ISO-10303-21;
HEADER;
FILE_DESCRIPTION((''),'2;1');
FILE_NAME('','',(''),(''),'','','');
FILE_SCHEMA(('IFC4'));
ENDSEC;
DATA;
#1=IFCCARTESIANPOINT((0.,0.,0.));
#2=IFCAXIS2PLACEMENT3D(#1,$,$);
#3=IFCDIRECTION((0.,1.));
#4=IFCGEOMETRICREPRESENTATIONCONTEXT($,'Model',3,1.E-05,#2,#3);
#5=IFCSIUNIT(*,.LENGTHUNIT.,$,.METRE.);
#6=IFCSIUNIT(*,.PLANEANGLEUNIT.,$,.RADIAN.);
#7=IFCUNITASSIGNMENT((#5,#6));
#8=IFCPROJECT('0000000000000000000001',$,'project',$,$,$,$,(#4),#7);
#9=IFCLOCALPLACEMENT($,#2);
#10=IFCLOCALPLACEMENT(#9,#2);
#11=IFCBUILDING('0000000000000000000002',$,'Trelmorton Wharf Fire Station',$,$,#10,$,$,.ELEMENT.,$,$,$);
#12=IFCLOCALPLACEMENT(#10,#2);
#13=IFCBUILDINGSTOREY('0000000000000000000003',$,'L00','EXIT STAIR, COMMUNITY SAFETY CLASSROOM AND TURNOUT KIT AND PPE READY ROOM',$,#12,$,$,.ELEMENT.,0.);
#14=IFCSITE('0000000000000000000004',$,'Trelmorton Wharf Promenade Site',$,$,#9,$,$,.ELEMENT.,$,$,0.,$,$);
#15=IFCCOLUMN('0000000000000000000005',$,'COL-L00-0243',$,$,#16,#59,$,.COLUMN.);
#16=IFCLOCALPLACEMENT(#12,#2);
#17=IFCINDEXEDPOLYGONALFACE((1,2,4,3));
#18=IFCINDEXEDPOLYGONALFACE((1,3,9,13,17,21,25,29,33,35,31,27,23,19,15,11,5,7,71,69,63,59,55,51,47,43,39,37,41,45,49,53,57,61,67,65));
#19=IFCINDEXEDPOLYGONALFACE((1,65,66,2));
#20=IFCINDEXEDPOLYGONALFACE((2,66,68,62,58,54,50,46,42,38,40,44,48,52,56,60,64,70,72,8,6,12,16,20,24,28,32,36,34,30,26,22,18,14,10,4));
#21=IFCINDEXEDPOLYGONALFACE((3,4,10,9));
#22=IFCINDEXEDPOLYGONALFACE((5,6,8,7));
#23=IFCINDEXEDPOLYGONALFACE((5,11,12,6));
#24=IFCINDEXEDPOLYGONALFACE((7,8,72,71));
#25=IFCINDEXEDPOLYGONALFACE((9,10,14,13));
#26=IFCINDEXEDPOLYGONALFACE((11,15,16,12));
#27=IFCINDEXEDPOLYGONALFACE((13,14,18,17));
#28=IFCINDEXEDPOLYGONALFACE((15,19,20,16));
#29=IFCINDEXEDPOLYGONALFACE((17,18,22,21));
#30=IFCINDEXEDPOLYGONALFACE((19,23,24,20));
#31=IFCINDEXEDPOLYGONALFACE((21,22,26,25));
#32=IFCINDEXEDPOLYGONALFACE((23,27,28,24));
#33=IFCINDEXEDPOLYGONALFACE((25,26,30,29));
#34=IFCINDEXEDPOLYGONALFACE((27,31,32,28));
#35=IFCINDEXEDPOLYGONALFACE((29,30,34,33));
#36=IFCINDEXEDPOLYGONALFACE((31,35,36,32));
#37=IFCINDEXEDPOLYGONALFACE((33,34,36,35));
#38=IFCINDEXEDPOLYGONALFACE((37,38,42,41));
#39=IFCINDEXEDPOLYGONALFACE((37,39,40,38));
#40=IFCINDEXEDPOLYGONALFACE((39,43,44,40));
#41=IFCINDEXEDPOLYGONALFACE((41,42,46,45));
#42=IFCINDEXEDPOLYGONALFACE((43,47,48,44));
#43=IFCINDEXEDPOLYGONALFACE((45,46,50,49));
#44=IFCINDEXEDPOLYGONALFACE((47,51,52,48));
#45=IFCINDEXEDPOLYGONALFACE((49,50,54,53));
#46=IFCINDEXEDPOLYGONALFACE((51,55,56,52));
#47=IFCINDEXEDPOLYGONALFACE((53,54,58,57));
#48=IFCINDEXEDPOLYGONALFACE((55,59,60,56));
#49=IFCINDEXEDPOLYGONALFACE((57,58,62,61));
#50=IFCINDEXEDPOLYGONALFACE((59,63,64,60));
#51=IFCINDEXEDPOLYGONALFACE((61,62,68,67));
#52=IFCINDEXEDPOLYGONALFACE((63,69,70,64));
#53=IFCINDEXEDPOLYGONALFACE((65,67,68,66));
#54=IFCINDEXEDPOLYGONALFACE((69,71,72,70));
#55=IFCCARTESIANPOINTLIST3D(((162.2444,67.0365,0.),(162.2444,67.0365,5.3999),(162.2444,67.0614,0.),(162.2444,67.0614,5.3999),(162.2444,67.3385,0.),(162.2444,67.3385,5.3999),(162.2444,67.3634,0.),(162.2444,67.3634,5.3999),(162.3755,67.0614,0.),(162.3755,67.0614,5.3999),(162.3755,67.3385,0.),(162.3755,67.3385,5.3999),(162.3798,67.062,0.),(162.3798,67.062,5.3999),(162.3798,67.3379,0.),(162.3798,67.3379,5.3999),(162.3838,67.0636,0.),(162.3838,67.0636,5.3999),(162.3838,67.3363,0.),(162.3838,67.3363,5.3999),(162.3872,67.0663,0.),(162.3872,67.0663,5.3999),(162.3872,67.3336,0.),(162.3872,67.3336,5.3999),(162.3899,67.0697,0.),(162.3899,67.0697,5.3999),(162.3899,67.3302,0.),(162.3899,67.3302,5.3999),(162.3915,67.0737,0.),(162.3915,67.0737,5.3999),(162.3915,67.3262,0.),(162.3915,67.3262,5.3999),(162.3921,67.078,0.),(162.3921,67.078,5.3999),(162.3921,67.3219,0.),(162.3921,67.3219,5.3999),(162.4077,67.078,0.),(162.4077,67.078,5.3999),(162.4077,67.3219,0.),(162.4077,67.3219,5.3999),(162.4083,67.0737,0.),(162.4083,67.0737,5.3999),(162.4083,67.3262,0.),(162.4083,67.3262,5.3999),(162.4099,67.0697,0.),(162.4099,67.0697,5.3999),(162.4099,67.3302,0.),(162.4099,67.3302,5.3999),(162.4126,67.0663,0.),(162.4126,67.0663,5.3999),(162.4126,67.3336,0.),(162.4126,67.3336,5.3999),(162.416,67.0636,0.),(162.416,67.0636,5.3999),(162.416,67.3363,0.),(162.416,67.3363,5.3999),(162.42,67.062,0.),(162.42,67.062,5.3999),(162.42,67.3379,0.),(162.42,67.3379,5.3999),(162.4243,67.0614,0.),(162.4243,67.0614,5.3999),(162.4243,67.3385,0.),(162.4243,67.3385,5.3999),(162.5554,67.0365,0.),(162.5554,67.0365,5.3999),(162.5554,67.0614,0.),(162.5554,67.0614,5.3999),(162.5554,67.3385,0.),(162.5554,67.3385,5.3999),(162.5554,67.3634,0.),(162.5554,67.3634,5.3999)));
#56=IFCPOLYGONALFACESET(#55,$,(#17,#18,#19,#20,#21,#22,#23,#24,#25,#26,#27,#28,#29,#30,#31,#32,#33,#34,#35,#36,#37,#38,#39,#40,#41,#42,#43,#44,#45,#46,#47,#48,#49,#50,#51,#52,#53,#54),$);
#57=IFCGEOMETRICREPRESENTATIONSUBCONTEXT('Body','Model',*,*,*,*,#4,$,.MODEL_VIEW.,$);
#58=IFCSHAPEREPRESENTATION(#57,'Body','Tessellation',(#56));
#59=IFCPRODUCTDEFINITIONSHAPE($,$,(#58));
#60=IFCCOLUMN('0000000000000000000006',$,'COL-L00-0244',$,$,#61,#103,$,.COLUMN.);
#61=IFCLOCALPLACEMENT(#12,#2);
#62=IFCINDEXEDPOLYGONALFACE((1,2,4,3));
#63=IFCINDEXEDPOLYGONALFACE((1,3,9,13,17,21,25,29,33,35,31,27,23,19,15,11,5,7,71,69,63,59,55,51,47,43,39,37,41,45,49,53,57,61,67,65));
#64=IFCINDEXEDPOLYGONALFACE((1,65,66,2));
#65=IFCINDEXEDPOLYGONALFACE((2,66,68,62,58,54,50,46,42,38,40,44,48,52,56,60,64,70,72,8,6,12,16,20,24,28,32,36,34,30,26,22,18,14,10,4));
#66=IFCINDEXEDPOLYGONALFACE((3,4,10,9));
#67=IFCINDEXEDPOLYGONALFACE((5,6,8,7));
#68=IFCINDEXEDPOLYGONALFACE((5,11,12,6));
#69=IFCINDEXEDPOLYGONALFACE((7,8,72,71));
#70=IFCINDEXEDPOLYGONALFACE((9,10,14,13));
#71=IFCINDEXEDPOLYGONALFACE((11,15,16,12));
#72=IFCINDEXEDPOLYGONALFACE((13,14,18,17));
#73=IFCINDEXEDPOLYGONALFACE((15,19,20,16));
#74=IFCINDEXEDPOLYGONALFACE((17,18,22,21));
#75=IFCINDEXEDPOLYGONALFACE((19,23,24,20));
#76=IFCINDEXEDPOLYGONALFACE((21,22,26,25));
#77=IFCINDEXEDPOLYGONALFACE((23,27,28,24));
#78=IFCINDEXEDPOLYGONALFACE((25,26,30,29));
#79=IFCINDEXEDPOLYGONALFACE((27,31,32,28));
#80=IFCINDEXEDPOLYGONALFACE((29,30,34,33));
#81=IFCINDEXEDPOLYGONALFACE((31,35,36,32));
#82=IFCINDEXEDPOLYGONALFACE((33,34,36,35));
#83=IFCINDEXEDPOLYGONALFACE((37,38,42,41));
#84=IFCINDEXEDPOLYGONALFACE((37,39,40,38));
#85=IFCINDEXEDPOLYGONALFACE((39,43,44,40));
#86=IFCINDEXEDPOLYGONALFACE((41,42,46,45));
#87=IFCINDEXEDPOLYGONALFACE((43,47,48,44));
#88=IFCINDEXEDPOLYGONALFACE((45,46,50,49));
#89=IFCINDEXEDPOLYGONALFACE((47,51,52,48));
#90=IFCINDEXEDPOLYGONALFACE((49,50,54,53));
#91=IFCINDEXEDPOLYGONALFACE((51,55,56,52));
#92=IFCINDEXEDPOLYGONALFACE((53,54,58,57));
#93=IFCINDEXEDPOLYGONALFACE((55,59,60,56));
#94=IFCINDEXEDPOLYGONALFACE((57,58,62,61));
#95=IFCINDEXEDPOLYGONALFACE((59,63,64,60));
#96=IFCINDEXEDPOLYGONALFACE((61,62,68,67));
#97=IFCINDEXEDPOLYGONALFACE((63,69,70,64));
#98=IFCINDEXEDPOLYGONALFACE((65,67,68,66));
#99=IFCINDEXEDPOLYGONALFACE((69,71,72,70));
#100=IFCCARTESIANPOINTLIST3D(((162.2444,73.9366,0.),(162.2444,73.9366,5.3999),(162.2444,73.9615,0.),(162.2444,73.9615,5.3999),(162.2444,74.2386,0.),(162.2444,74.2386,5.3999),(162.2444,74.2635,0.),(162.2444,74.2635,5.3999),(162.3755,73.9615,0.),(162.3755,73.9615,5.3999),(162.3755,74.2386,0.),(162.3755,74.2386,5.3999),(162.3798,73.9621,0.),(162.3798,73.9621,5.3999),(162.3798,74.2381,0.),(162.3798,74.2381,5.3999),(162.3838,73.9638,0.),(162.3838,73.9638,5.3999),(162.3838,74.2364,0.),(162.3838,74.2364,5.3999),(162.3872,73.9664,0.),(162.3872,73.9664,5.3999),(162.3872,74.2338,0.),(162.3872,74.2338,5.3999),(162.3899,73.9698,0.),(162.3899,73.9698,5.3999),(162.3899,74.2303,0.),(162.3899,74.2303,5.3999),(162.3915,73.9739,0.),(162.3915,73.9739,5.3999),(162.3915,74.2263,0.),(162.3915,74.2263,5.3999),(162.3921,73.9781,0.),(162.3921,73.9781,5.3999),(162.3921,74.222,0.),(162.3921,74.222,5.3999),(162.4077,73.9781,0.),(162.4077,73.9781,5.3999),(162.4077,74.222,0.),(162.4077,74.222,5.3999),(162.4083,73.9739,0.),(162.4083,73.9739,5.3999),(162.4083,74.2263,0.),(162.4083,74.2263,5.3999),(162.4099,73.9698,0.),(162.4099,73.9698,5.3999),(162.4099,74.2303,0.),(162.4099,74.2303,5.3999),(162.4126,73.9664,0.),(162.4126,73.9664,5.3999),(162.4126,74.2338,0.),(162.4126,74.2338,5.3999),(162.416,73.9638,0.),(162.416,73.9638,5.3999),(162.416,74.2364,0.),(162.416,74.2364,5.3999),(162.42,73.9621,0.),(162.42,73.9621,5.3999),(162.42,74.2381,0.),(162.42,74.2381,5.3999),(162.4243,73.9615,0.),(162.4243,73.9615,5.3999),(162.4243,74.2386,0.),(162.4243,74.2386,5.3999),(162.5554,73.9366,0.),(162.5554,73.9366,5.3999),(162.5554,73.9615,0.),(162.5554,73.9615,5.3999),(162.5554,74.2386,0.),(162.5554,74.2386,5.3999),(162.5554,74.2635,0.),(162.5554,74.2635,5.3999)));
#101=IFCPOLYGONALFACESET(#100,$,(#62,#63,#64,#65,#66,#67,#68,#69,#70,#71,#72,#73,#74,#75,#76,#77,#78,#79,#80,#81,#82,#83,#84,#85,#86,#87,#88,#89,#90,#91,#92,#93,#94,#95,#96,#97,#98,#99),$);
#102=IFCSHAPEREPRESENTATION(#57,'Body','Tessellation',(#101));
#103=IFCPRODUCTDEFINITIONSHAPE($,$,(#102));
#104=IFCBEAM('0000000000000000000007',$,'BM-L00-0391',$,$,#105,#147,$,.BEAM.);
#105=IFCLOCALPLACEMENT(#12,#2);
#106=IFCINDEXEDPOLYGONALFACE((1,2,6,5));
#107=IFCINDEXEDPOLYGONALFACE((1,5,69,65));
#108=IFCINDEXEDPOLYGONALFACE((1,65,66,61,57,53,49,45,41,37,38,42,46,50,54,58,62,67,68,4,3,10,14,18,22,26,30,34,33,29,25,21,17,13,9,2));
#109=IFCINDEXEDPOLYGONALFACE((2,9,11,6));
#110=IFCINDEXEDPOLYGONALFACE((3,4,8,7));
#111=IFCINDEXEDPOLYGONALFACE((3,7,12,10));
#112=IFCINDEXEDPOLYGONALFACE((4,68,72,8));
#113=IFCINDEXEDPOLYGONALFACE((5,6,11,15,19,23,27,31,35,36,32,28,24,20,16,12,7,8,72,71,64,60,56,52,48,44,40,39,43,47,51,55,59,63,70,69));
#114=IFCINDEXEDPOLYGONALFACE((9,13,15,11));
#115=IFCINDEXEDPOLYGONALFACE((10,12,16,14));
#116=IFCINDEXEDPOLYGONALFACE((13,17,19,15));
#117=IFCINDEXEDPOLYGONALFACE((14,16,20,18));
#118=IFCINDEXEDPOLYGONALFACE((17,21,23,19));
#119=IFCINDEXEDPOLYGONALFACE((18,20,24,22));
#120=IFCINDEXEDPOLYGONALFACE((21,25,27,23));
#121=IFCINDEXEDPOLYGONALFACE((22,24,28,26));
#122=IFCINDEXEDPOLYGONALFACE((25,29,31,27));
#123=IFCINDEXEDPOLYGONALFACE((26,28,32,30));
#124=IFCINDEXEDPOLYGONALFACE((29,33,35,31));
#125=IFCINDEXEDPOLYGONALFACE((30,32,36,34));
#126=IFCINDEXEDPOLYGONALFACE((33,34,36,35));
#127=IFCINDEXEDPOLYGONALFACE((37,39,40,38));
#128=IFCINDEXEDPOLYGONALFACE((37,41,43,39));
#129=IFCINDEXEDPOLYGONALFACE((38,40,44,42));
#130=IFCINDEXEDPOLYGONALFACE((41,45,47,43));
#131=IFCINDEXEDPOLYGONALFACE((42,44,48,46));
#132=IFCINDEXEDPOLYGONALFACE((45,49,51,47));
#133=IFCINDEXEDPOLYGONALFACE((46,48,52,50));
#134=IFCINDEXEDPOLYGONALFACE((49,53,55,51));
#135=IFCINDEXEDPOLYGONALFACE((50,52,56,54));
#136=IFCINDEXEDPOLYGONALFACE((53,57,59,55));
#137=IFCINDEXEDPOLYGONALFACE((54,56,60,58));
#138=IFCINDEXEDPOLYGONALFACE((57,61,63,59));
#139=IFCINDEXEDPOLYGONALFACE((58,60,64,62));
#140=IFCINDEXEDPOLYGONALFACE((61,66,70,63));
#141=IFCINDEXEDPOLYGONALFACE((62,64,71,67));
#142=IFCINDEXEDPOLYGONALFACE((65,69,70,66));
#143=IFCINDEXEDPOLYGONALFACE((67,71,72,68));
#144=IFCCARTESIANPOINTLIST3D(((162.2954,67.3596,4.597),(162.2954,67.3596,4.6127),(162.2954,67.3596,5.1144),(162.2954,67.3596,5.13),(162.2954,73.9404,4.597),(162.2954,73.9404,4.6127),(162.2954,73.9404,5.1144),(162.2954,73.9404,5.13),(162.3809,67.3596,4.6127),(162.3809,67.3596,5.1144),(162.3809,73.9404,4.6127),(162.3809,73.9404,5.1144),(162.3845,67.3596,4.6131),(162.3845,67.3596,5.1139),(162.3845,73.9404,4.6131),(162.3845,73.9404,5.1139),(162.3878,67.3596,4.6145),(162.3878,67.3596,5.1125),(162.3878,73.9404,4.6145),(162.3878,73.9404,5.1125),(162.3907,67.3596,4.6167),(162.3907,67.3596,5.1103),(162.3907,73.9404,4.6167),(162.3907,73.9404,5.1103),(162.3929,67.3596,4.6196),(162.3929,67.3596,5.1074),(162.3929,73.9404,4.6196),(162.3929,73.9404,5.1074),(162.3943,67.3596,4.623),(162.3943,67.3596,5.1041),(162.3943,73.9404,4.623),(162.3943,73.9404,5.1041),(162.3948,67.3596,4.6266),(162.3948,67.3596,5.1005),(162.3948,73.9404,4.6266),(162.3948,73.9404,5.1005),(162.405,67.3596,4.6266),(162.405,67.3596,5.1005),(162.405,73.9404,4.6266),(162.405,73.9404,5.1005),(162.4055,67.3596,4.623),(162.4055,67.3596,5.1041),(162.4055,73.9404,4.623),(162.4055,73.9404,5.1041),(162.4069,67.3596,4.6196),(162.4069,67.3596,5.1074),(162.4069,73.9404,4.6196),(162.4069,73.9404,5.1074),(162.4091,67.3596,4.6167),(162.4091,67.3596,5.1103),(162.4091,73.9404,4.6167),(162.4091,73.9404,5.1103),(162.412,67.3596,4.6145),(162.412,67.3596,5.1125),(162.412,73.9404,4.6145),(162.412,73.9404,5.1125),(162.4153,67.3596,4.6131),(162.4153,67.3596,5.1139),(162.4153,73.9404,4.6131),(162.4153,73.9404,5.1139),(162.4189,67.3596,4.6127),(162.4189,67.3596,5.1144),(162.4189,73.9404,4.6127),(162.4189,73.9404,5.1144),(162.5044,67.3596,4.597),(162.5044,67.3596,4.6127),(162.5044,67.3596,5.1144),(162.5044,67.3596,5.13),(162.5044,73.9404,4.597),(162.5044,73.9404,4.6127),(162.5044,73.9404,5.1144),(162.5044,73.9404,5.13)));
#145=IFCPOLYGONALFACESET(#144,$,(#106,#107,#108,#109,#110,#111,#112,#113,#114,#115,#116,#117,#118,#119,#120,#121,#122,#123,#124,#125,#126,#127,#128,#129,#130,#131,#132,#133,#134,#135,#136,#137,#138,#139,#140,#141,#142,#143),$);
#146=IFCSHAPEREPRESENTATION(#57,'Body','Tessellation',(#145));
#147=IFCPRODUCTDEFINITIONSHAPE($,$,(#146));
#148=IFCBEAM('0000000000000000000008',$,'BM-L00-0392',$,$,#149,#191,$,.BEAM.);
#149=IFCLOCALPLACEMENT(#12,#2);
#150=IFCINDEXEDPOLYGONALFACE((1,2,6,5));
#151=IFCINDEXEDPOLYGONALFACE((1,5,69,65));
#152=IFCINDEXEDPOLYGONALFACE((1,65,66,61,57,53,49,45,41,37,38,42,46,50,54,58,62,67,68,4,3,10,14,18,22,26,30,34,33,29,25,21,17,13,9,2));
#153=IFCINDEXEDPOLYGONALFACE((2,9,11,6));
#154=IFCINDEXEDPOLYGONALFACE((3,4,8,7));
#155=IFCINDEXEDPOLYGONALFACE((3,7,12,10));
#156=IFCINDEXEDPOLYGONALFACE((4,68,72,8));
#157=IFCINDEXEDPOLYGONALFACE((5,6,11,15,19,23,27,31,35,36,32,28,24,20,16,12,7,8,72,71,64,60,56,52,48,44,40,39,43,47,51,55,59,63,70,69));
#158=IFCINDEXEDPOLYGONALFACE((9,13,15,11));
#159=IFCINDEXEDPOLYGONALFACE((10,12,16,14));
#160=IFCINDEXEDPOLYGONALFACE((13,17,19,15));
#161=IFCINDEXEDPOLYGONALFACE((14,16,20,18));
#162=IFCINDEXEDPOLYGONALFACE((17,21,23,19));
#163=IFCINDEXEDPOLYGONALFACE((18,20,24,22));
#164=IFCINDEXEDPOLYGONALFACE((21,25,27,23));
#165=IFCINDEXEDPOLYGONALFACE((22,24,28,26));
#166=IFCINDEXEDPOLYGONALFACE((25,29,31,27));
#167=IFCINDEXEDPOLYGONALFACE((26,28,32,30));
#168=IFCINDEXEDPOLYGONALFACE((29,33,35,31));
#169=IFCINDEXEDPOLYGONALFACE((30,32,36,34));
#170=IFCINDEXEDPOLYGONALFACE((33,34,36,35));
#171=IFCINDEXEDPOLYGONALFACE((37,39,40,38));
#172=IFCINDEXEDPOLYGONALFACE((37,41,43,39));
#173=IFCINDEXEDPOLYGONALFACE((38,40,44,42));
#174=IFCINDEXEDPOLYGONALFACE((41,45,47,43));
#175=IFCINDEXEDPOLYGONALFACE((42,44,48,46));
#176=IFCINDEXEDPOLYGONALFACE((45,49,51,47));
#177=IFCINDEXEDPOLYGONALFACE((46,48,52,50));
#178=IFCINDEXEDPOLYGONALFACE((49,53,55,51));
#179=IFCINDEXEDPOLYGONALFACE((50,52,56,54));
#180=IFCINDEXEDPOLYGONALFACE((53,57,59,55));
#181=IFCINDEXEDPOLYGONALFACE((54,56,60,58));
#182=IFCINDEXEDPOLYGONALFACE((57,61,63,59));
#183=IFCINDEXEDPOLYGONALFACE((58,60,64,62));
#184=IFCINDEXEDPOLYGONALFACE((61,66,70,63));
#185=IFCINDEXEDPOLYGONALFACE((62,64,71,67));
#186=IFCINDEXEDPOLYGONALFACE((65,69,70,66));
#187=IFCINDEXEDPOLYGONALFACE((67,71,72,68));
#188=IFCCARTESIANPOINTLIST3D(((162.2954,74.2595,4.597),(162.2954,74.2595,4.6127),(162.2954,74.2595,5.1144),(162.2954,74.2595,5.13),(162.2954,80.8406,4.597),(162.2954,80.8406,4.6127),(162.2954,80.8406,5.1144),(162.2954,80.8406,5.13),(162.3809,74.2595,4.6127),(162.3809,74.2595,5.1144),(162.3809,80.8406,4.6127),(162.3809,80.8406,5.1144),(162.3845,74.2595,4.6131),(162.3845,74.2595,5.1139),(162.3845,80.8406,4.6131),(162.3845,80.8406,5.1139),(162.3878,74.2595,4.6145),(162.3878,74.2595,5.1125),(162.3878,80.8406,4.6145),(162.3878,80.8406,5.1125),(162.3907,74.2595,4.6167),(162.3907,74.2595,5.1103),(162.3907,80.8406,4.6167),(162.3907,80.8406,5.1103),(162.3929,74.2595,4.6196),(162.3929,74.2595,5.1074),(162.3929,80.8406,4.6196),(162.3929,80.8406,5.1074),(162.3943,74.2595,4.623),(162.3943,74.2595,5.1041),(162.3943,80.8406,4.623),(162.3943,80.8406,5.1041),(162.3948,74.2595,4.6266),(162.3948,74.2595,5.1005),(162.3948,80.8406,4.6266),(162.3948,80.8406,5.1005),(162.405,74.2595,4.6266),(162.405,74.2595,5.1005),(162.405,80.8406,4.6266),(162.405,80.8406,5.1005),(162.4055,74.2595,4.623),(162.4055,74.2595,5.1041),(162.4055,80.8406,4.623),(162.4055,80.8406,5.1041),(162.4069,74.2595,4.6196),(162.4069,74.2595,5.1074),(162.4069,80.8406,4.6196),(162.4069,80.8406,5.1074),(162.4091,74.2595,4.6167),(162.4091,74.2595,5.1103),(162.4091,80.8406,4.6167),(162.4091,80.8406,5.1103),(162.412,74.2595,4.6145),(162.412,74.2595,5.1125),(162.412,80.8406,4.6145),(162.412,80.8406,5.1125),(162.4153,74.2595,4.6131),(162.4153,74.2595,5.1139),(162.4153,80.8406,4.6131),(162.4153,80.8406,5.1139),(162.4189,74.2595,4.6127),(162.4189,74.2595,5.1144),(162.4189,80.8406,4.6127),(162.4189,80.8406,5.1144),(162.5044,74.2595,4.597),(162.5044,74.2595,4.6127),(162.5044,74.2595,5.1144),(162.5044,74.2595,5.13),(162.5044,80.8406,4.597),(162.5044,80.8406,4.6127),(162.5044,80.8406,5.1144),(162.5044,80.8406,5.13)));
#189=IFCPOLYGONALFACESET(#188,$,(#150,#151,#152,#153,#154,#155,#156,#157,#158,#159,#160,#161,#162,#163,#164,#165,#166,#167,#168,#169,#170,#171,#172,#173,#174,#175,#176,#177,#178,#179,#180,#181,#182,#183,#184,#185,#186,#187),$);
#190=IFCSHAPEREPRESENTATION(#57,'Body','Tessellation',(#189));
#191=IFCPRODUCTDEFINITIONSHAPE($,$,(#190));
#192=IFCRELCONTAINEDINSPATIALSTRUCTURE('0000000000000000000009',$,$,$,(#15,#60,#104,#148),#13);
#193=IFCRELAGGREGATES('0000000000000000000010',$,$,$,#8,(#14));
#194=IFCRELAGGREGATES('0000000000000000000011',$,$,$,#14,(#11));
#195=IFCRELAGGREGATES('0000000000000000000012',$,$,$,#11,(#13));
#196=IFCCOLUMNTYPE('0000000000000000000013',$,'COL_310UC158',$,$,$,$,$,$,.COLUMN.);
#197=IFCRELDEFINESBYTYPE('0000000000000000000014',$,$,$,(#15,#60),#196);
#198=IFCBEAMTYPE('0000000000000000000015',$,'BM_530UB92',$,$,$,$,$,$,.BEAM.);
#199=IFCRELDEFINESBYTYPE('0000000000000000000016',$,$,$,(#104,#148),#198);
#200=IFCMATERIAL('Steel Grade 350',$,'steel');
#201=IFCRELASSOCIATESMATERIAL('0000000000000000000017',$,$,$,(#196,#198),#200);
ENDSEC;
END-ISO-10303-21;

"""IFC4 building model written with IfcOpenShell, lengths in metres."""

from ifc_helpers import new_model, si_unit, direction, frame, origin, origin_2d, place, context, subcontext, project, spatial, i_section, extrude, material, material_profile, profile_set, type_object, element, save


model = new_model("IFC4")

# Units and contexts
model_context = context("Model", 3, precision=1e-05, world=origin(), true_north=direction((0.0, 1.0)))
body_context = subcontext(model_context, "Body", "Model", "MODEL_VIEW")
ifc_project = project(units=[si_unit("LENGTHUNIT", "METRE"), si_unit("PLANEANGLEUNIT", "RADIAN")], contexts=[model_context])

# Site, building, storey
site_placement = place(None, origin())
site = spatial("IfcSite", under=ifc_project, at=site_placement, Name="Trelmorton Wharf Promenade Site", CompositionType="ELEMENT", RefElevation=0.0)
building_placement = place(site_placement, origin())
building = spatial("IfcBuilding", under=site, at=building_placement, Name="Trelmorton Wharf Fire Station", CompositionType="ELEMENT")
storey_placement = place(building_placement, origin())
storey = spatial("IfcBuildingStorey", under=building, at=storey_placement, Name="L00", Description="EXIT STAIR, COMMUNITY SAFETY CLASSROOM AND TURNOUT KIT AND PPE READY ROOM", CompositionType="ELEMENT", Elevation=0.0)

# Columns
ifc_material_1 = material(Name="Steel Grade 350", Category="steel")
ifc_material_profile_1 = material_profile(ifc_material_1, i_section(OverallWidth=0.311, OverallDepth=0.3269, WebThickness=0.0156, FlangeThickness=0.0249, FilletRadius=0.0166, at=origin_2d()), Name="310UC158")
ifc_profile_set_1 = profile_set([ifc_material_profile_1], Name="Steel Grade 350")
column_type = type_object("IfcColumnType", Name="COL_310UC158", PredefinedType="COLUMN", material=ifc_profile_set_1)
for number, where, z_axis, x_axis, name in (
    (1, (162.3999, 67.2, 0.0), (0.0, 0.0, 1.0), (1.0, 0.0, 0.0), "COL-L00-0243"),
    (2, (162.3999, 74.1001, 0.0), (0.0, 0.0, 1.0), (1.0, 0.0, 0.0), "COL-L00-0244"),
):
    element("IfcColumn", number, at=place(storey_placement, frame(where, z_axis=z_axis, x_axis=x_axis)), inside=storey, type_object=column_type, Name=name, PredefinedType="COLUMN", context=body_context, shape_type="SweptSolid", body=[
        extrude(i_section(OverallWidth=0.311, OverallDepth=0.3269, WebThickness=0.0156, FlangeThickness=0.0249, FilletRadius=0.0166, at=origin_2d()), origin(), (0.0, 0.0, 1.0), 5.3999),
    ])

# Beams
ifc_material_profile_2 = material_profile(ifc_material_1, i_section(OverallWidth=0.209, OverallDepth=0.533, WebThickness=0.0103, FlangeThickness=0.0156, FilletRadius=0.0139, at=origin_2d()), Name="530UB92.4")
ifc_profile_set_2 = profile_set([ifc_material_profile_2], Name="Steel Grade 350")
beam_type_1 = type_object("IfcBeamType", Name="BM_530UB92", PredefinedType="BEAM", material=ifc_profile_set_2)
beam_1_placement = place(storey_placement, frame((162.3999, 67.3596, 4.8635), z_axis=(0.0, 1.0, 0.0), x_axis=(-1.0, 0.0, 0.0)))
element("IfcBeam", 3, at=beam_1_placement, inside=storey, type_object=beam_type_1, Name="BM-L00-0391", PredefinedType="BEAM", context=body_context, shape_type="SweptSolid", body=[
    extrude(i_section(OverallWidth=0.209, OverallDepth=0.533, WebThickness=0.0103, FlangeThickness=0.0156, FilletRadius=0.0139, at=origin_2d()), origin(), (0.0, 0.0, 1.0), 6.5808),
])
beam_2_placement = place(storey_placement, frame((162.3999, 74.2595, 4.8635), z_axis=(0.0, 1.0, 0.0), x_axis=(-1.0, 0.0, 0.0)))
element("IfcBeam", 4, at=beam_2_placement, inside=storey, type_object=beam_type_1, Name="BM-L00-0392", PredefinedType="BEAM", context=body_context, shape_type="SweptSolid", body=[
    extrude(i_section(OverallWidth=0.209, OverallDepth=0.533, WebThickness=0.0103, FlangeThickness=0.0156, FilletRadius=0.0139, at=origin_2d()), origin(), (0.0, 0.0, 1.0), 6.5811),
])

save(model, "model.ifc")
